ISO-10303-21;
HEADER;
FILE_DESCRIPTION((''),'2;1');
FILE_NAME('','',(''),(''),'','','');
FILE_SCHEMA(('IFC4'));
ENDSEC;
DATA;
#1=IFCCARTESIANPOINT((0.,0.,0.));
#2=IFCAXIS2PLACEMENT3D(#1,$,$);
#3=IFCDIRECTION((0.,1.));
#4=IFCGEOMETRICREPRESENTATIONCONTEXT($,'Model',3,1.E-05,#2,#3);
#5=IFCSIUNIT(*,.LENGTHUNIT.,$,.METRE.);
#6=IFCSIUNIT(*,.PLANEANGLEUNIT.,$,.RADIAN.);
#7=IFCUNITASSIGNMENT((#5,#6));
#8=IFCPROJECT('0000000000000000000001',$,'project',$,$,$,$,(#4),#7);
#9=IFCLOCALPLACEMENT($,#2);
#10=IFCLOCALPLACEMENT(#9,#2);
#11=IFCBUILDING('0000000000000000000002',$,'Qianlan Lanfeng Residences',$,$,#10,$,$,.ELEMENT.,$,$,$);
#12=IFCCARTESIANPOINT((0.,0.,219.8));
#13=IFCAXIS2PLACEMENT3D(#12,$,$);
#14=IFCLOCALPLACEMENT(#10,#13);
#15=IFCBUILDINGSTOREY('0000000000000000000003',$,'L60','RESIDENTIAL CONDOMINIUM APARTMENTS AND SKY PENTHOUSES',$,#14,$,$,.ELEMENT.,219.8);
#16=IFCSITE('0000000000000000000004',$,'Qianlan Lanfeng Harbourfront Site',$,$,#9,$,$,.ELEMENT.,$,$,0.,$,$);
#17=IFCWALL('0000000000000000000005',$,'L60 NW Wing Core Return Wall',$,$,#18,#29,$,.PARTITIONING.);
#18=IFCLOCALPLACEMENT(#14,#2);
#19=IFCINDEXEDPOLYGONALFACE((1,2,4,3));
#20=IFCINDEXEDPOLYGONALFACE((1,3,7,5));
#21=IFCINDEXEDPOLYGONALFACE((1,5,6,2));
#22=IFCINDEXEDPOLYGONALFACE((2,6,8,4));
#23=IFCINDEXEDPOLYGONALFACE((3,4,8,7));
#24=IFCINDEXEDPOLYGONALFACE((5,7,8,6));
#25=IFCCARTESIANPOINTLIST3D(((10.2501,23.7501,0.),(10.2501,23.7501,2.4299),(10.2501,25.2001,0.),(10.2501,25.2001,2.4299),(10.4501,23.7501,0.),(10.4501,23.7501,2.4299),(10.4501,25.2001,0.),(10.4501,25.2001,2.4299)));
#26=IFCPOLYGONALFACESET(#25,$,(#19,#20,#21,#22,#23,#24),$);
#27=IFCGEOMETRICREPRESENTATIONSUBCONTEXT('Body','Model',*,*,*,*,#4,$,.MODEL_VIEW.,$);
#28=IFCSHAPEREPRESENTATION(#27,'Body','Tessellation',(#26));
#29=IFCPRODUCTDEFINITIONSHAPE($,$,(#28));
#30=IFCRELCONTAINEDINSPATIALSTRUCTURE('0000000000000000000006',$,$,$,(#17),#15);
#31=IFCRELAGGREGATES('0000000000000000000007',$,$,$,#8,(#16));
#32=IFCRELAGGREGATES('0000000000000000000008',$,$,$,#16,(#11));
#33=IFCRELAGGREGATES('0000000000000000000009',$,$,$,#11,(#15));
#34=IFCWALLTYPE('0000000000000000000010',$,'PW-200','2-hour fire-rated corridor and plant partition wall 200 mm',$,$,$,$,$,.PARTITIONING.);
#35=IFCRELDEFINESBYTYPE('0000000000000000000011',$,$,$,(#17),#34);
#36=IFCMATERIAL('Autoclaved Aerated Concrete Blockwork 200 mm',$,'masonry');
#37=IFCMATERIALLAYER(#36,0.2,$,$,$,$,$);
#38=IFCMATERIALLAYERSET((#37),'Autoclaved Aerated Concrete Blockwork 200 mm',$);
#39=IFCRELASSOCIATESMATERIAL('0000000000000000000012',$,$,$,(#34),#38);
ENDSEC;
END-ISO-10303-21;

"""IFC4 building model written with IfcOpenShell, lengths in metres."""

from ifc_helpers import new_model, si_unit, direction, frame, frame_2d, origin, place, context, subcontext, project, spatial, rectangle, extrude, material, layer, layer_set, type_object, element, save


model = new_model("IFC4")

# Units and contexts
model_context = context("Model", 3, precision=1e-05, world=origin(), true_north=direction((0.0, 1.0)))
body_context = subcontext(model_context, "Body", "Model", "MODEL_VIEW")
ifc_project = project(units=[si_unit("LENGTHUNIT", "METRE"), si_unit("PLANEANGLEUNIT", "RADIAN")], contexts=[model_context])

# Site, building, storey
site_placement = place(None, origin())
site = spatial("IfcSite", under=ifc_project, at=site_placement, Name="Qianlan Lanfeng Harbourfront Site", CompositionType="ELEMENT", RefElevation=0.0)
building_placement = place(site_placement, origin())
building = spatial("IfcBuilding", under=site, at=building_placement, Name="Qianlan Lanfeng Residences", CompositionType="ELEMENT")
storey_placement = place(building_placement, frame((0.0, 0.0, 219.8)))
storey = spatial("IfcBuildingStorey", under=building, at=storey_placement, Name="L60", Description="RESIDENTIAL CONDOMINIUM APARTMENTS AND SKY PENTHOUSES", CompositionType="ELEMENT", Elevation=219.8)

# Shared definitions
ifc_material_1 = material(Name="Autoclaved Aerated Concrete Blockwork 200 mm", Category="masonry")
ifc_layer_1 = layer(ifc_material_1, 0.2)
ifc_layer_set_1 = layer_set([ifc_layer_1], Name="Autoclaved Aerated Concrete Blockwork 200 mm")
wall_type_1 = type_object("IfcWallType", Name="PW-200", Description="2-hour fire-rated corridor and plant partition wall 200 mm", PredefinedType="PARTITIONING", material=ifc_layer_set_1)

# Wall
wall_1_placement = place(storey_placement, frame((10.3501, 23.75, 0.0), z_axis=(0.0, 0.0, 1.0), x_axis=(0.0, 1.0, 0.0)))
element("IfcWall", 1, at=wall_1_placement, inside=storey, type_object=wall_type_1, Name="L60 NW Wing Core Return Wall", PredefinedType="PARTITIONING", context=body_context, shape_type="SweptSolid", body=[
    extrude(rectangle(XDim=1.45, YDim=0.2, at=frame_2d((0.7251, 0.0))), origin(), (0.0, 0.0, 1.0), 2.4299),
])

save(model, "model.ifc")
